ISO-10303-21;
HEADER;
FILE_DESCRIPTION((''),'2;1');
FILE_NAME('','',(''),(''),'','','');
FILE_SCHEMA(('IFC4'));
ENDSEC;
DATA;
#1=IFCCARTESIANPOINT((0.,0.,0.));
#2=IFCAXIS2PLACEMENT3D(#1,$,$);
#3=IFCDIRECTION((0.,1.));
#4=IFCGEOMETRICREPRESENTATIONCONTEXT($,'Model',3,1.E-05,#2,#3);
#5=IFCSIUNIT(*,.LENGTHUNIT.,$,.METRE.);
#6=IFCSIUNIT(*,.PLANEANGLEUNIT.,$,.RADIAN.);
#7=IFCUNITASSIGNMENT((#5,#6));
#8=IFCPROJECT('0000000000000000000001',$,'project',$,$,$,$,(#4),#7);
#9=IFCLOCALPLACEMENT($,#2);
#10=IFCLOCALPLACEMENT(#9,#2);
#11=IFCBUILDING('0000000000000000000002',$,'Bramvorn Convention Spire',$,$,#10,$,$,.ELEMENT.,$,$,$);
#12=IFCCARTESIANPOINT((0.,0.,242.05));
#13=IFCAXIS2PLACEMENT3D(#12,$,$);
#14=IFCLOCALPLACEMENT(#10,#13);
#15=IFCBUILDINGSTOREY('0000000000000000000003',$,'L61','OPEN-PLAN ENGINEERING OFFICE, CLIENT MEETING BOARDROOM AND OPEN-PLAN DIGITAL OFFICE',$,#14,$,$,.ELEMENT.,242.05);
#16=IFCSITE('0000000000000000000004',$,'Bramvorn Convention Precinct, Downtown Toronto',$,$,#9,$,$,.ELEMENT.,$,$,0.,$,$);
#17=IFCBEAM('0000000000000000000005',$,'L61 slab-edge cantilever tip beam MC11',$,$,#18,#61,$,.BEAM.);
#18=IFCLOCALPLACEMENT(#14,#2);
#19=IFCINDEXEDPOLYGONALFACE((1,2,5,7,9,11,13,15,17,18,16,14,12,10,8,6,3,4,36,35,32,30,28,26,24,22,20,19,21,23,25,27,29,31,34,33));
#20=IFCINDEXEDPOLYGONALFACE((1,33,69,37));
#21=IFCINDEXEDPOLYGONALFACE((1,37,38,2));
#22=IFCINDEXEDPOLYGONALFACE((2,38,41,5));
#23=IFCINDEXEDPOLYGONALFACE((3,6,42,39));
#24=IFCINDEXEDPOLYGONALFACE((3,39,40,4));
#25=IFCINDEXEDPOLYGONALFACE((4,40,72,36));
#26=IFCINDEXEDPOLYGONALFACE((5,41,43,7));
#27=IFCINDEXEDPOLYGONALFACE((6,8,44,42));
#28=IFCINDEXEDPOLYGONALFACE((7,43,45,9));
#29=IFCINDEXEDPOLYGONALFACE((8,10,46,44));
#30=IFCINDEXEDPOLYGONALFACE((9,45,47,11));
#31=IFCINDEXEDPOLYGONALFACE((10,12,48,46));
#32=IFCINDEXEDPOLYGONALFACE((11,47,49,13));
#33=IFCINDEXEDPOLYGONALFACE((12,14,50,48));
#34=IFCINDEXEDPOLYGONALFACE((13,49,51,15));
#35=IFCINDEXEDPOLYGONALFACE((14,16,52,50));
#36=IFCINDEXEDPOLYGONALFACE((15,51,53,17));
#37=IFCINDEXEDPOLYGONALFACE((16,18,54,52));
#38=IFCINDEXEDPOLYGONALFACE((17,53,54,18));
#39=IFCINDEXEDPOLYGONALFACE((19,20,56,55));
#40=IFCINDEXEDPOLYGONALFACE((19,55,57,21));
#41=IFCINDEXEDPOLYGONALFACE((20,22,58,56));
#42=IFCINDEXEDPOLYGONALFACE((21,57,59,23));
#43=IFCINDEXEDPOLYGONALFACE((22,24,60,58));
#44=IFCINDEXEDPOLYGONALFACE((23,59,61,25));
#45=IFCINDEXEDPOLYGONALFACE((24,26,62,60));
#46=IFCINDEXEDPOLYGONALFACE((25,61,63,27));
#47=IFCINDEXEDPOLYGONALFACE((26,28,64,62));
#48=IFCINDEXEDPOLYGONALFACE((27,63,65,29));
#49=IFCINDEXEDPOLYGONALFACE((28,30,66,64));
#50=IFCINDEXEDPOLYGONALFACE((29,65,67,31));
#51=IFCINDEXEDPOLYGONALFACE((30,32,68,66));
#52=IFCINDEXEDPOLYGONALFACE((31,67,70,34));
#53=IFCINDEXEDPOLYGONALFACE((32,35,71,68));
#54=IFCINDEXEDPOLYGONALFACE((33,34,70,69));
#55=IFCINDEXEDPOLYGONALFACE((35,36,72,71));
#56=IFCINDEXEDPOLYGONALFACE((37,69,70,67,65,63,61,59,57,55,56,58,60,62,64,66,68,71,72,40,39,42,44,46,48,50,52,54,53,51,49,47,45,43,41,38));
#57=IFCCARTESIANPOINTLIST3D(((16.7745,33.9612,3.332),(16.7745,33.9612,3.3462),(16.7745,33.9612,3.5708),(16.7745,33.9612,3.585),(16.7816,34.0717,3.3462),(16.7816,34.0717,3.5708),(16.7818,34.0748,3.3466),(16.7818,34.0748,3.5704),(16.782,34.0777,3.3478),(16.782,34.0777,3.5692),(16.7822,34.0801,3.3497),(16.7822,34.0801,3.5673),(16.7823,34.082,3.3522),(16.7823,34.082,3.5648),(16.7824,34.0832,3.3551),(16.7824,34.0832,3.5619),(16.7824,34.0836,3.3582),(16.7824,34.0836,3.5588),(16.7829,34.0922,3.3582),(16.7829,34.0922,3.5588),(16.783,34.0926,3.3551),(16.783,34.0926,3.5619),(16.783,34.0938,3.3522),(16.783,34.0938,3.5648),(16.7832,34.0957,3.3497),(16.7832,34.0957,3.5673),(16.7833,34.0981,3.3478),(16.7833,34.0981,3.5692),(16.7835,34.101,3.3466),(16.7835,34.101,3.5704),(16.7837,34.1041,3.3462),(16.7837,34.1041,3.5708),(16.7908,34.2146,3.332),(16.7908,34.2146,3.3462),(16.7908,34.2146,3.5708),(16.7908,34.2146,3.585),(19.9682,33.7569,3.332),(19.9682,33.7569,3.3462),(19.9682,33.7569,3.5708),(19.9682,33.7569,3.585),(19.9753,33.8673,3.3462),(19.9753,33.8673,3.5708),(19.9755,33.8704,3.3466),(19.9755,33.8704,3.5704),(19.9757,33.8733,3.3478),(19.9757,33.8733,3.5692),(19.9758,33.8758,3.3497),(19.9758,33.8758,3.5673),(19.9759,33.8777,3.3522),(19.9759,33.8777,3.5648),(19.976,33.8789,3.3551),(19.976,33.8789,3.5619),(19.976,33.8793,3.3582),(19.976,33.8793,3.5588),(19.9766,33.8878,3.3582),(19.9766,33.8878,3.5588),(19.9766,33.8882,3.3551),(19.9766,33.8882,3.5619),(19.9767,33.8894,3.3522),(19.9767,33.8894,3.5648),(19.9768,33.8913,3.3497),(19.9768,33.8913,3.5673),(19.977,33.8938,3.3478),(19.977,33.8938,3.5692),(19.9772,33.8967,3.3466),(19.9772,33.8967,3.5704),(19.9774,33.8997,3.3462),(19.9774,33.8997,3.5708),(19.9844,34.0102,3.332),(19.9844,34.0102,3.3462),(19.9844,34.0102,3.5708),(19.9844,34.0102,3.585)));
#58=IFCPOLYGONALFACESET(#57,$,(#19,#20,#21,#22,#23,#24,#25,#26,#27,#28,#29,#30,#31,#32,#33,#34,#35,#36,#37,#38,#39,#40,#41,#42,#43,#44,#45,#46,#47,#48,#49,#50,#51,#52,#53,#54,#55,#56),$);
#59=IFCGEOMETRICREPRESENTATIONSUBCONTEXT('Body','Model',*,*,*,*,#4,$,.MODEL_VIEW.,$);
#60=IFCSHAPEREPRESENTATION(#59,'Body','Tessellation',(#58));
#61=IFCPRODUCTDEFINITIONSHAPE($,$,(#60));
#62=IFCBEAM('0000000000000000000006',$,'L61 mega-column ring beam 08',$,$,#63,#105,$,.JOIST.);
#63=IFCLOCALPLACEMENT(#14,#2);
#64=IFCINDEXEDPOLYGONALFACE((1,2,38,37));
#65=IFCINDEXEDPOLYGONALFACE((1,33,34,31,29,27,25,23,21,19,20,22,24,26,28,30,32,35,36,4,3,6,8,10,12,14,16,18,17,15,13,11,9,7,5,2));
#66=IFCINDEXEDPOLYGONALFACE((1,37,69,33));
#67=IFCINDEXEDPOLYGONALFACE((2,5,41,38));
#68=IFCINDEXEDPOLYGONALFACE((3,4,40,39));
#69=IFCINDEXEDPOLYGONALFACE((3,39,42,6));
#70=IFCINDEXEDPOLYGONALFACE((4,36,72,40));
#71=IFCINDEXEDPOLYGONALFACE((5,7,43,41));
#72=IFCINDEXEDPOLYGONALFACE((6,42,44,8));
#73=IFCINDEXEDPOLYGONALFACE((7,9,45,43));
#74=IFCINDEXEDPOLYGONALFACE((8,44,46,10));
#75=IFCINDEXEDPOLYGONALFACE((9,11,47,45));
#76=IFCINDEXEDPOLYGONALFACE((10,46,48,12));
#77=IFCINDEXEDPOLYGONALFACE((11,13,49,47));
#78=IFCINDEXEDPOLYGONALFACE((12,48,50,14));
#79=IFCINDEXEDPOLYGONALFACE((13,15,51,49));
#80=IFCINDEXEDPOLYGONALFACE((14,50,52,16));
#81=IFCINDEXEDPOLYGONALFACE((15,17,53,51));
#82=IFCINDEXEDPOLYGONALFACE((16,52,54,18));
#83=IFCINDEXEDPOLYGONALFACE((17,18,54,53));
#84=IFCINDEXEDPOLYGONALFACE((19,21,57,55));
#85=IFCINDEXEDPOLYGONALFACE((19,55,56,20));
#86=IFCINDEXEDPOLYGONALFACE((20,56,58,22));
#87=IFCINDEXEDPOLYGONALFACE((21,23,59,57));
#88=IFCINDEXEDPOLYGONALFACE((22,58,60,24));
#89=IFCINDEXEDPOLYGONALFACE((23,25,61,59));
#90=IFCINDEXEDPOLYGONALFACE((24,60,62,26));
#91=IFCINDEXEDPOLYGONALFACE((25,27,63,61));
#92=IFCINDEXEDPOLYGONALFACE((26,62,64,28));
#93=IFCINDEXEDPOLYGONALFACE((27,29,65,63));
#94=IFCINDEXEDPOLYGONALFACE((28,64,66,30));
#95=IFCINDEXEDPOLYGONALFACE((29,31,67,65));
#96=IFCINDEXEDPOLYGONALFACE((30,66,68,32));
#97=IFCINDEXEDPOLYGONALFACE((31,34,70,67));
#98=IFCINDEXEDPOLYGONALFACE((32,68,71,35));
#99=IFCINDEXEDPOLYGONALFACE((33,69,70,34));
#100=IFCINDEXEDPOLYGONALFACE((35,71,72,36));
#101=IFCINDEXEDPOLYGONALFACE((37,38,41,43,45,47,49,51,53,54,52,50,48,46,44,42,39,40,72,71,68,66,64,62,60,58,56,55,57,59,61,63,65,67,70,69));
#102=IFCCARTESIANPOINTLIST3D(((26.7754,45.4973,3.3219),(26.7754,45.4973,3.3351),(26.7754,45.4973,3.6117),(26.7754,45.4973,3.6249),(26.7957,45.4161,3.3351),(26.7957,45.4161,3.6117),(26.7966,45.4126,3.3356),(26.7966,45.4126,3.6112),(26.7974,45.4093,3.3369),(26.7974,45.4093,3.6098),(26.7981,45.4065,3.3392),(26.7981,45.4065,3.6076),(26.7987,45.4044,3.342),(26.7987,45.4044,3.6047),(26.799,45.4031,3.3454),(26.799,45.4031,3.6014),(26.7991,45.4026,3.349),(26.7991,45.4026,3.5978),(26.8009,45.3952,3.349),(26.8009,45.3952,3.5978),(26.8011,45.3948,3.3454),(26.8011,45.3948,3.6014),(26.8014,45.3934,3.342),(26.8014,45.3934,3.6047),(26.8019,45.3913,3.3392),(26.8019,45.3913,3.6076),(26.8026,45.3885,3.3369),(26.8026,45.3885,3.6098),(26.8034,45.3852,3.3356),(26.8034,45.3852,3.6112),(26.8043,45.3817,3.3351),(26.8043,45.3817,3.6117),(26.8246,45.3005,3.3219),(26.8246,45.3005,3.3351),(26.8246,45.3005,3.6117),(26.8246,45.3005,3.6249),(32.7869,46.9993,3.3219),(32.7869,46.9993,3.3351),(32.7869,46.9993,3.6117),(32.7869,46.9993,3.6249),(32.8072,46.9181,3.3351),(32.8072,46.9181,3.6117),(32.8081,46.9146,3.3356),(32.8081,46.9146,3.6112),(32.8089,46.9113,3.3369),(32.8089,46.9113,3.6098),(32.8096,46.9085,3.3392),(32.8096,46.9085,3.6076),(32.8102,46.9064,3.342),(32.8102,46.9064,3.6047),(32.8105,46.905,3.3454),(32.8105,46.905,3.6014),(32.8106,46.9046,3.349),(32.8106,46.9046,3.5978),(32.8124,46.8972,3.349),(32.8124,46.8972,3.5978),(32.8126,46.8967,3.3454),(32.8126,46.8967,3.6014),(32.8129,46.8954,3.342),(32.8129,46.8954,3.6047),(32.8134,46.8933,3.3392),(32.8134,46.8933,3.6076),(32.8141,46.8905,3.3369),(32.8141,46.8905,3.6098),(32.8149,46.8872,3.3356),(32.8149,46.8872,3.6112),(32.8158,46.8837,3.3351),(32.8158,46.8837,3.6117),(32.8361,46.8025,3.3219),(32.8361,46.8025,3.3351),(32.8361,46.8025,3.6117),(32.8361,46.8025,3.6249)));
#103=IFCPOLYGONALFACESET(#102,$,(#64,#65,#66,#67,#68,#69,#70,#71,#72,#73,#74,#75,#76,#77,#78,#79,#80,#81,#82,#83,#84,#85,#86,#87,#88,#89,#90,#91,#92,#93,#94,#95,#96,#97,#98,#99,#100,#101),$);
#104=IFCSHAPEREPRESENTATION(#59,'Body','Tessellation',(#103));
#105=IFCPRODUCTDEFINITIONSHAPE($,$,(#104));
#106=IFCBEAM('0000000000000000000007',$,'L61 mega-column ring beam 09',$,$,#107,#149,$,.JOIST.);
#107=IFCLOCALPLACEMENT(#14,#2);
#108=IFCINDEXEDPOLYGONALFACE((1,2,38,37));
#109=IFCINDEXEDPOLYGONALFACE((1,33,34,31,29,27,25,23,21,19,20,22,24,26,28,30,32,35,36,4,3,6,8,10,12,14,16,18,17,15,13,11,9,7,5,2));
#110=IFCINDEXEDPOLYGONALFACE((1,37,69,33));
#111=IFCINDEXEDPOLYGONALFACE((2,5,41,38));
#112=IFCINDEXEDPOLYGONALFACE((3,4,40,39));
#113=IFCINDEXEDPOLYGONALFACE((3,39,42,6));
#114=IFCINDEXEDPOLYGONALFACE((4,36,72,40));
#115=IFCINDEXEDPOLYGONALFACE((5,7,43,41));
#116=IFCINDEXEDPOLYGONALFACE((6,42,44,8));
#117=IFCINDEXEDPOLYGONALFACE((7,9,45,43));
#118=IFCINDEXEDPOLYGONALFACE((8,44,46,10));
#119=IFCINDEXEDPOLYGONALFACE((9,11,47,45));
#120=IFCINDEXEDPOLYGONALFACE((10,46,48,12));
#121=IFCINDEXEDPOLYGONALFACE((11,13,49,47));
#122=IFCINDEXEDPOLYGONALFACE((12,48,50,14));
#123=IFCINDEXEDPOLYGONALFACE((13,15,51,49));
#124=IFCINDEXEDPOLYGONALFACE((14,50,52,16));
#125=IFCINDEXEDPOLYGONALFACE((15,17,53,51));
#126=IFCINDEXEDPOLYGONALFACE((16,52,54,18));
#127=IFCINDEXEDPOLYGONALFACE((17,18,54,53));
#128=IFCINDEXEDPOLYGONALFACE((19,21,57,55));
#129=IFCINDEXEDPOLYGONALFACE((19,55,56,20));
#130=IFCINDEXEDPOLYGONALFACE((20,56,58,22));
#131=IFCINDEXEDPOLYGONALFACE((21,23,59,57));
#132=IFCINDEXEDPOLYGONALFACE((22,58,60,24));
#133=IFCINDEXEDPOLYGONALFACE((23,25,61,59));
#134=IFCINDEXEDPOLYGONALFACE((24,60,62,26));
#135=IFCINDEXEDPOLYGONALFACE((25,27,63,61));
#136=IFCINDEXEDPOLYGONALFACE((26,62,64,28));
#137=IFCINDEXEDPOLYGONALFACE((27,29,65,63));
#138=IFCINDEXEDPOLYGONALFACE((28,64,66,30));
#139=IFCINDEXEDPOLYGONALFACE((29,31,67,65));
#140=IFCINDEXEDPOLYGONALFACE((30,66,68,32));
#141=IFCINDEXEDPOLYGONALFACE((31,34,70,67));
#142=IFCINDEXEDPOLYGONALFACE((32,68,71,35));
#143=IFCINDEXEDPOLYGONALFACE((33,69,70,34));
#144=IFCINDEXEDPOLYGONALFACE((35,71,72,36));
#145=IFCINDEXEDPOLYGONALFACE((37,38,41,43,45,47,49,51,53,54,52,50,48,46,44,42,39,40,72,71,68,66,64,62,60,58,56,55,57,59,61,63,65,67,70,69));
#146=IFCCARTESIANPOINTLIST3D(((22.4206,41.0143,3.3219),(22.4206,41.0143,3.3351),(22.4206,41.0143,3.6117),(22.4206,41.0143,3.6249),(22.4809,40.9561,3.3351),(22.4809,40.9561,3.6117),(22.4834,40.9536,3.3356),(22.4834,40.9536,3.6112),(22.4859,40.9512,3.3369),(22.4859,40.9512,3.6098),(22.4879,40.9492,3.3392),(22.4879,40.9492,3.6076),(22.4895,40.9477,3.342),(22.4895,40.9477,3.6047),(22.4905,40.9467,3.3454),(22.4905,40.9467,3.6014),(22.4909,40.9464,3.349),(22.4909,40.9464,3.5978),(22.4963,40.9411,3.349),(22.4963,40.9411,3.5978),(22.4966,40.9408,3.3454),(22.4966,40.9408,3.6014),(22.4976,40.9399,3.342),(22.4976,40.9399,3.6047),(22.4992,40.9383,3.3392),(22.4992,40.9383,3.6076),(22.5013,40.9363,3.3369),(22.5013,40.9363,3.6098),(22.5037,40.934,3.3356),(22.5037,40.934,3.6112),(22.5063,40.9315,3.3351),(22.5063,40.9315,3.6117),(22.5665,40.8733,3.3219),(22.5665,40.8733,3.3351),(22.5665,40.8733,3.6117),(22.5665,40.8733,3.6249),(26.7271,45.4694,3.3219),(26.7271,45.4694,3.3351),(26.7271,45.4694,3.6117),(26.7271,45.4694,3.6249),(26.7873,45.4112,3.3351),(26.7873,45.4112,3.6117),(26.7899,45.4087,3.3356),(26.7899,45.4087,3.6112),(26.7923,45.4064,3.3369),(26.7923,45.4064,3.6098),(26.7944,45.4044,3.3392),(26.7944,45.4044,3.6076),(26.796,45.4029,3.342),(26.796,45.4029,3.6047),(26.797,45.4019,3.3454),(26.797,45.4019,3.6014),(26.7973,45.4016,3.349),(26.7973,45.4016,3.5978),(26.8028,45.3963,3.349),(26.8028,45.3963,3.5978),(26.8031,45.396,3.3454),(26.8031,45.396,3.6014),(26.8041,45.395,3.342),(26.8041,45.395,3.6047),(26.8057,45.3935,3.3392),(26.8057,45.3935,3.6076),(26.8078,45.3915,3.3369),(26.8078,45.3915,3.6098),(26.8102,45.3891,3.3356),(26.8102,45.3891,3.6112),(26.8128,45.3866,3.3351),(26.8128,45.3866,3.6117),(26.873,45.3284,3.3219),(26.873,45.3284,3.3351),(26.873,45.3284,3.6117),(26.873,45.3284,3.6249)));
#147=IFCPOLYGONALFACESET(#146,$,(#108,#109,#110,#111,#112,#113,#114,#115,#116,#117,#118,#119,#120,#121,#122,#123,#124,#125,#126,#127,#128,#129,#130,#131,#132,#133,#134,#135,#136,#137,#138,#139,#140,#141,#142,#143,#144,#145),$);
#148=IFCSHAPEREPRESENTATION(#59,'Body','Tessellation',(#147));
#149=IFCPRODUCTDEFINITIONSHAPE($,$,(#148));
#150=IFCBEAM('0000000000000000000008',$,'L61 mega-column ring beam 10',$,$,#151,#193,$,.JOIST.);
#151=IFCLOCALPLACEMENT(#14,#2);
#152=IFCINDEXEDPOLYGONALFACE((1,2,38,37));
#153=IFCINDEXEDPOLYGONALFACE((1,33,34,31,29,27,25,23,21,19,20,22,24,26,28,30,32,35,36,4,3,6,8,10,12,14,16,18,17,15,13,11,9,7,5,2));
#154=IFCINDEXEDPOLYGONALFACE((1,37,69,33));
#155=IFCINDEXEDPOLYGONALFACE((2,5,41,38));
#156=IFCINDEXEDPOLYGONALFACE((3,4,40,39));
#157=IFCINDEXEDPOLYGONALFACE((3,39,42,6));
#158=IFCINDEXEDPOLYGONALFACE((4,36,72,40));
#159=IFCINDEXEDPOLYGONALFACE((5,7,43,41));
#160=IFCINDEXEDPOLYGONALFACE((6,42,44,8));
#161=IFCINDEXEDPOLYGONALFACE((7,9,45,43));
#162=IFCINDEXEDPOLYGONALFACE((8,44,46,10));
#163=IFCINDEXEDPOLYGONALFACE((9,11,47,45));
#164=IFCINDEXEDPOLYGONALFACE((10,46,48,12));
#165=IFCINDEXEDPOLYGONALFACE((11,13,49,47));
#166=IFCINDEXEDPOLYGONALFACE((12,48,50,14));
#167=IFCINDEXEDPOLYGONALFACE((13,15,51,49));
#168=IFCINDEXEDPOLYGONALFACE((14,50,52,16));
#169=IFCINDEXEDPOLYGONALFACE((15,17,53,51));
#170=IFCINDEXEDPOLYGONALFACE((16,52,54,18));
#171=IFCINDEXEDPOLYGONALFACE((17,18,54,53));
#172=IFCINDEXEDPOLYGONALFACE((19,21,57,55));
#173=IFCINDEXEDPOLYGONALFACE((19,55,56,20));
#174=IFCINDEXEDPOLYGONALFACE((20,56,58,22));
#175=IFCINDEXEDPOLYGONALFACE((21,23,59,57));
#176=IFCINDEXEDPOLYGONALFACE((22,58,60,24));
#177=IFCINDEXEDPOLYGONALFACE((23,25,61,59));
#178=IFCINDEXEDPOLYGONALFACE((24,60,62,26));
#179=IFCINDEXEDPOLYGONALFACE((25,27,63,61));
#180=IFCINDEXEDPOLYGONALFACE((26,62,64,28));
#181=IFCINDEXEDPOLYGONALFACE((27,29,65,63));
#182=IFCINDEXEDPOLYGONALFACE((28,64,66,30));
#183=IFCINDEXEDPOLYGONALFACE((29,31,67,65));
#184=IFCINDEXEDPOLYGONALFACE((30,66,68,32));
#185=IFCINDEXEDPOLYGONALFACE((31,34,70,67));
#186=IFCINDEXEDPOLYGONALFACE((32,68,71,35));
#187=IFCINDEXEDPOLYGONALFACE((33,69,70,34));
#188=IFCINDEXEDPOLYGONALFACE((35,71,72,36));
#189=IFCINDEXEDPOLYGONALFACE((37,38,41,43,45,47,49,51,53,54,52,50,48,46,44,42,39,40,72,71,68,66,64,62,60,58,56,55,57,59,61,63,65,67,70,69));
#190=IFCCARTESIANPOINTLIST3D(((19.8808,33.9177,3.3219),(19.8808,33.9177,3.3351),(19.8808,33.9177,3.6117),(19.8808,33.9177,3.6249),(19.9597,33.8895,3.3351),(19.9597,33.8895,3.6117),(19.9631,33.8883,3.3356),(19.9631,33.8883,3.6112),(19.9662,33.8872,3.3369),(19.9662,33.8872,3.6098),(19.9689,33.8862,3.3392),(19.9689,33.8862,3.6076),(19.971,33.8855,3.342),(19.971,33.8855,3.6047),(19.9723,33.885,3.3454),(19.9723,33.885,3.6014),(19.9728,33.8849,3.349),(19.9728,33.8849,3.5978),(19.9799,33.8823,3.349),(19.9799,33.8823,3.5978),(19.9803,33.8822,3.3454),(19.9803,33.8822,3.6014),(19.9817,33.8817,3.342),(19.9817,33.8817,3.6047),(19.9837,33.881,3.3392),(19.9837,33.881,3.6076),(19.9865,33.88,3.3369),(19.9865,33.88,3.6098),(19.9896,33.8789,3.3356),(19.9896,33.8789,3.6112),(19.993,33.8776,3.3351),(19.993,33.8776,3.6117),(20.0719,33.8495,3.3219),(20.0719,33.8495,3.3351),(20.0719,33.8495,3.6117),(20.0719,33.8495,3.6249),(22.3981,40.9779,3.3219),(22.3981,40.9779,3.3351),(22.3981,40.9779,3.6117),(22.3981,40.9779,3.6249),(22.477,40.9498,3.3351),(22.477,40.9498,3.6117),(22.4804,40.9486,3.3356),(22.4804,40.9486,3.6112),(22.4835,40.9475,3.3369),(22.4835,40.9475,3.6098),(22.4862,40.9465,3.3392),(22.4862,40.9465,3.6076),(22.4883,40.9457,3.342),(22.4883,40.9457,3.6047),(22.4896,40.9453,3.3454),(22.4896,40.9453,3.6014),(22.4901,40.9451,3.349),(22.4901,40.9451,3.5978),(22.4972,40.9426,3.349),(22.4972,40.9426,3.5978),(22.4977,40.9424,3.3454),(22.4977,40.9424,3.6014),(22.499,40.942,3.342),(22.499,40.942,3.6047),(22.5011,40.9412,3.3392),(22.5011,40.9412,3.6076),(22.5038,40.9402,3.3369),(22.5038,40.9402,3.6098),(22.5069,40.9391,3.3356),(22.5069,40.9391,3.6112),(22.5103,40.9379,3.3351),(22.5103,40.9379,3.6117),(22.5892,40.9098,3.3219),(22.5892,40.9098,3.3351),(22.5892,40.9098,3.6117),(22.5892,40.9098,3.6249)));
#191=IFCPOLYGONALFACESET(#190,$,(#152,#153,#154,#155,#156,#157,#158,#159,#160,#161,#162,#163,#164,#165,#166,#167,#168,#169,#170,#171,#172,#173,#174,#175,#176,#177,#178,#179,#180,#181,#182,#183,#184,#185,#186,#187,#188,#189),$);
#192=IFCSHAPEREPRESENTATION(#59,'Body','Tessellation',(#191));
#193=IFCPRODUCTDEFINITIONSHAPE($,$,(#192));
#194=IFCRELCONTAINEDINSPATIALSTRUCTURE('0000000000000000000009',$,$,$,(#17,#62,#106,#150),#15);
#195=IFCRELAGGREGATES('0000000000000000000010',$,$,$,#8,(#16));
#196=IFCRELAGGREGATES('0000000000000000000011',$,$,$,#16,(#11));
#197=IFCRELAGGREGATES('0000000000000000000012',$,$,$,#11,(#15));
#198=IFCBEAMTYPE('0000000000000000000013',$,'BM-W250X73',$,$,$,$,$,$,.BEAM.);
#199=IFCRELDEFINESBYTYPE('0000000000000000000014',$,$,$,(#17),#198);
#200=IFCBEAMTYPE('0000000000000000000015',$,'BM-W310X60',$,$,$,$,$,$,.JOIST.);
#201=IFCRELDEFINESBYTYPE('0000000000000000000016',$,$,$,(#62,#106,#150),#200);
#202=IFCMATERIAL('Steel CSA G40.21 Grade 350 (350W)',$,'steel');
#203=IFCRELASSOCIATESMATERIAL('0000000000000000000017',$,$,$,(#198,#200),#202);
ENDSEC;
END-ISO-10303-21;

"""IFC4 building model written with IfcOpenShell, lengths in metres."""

from ifc_helpers import new_model, si_unit, direction, frame, origin, origin_2d, place, context, subcontext, project, spatial, i_section, extrude, material, material_profile, profile_set, type_object, element, save


model = new_model("IFC4")

# Units and contexts
model_context = context("Model", 3, precision=1e-05, world=origin(), true_north=direction((0.0, 1.0)))
body_context = subcontext(model_context, "Body", "Model", "MODEL_VIEW")
ifc_project = project(units=[si_unit("LENGTHUNIT", "METRE"), si_unit("PLANEANGLEUNIT", "RADIAN")], contexts=[model_context])

# Site, building, storey
site_placement = place(None, origin())
site = spatial("IfcSite", under=ifc_project, at=site_placement, Name="Bramvorn Convention Precinct, Downtown Toronto", CompositionType="ELEMENT", RefElevation=0.0)
building_placement = place(site_placement, origin())
building = spatial("IfcBuilding", under=site, at=building_placement, Name="Bramvorn Convention Spire", CompositionType="ELEMENT")
storey_placement = place(building_placement, frame((0.0, 0.0, 242.05)))
storey = spatial("IfcBuildingStorey", under=building, at=storey_placement, Name="L61", Description="OPEN-PLAN ENGINEERING OFFICE, CLIENT MEETING BOARDROOM AND OPEN-PLAN DIGITAL OFFICE", CompositionType="ELEMENT", Elevation=242.05)

# Shared definitions
ifc_material_1 = material(Name="Steel CSA G40.21 Grade 350 (350W)", Category="steel")

# Beams
ifc_material_profile_1 = material_profile(ifc_material_1, i_section(OverallWidth=0.2539, OverallDepth=0.2529, WebThickness=0.0085, FlangeThickness=0.0142, FilletRadius=0.012, at=origin_2d()))
ifc_profile_set_1 = profile_set([ifc_material_profile_1], Name="Steel CSA G40.21 Grade 350 (350W) - W250X73")
beam_type_1 = type_object("IfcBeamType", Name="BM-W250X73", PredefinedType="BEAM", material=ifc_profile_set_1)
beam_1_placement = place(storey_placement, frame((19.9763, 33.8835, 3.4585), z_axis=(-0.997959, 0.063855, 0.0), x_axis=(-0.063855, -0.997959, 0.0)))
element("IfcBeam", 1, at=beam_1_placement, inside=storey, type_object=beam_type_1, Name="L61 slab-edge cantilever tip beam MC11", PredefinedType="BEAM", context=body_context, shape_type="SweptSolid", body=[
    extrude(i_section(OverallWidth=0.2539, OverallDepth=0.2529, WebThickness=0.0085, FlangeThickness=0.0142, FilletRadius=0.012, at=origin_2d()), origin(), (0.0, 0.0, 1.0), 3.2002),
])
ifc_material_profile_2 = material_profile(ifc_material_1, i_section(OverallWidth=0.2029, OverallDepth=0.303, WebThickness=0.0076, FlangeThickness=0.0132, FilletRadius=0.0139, at=origin_2d()))
ifc_profile_set_2 = profile_set([ifc_material_profile_2], Name="Steel CSA G40.21 Grade 350 (350W) - W310X60")
beam_type_2 = type_object("IfcBeamType", Name="BM-W310X60", PredefinedType="JOIST", material=ifc_profile_set_2)
for number, where, z_axis, x_axis, name in (
    (2, (32.8115, 46.9009, 3.4734), (-0.970177, -0.242397, 0.0), (0.242397, -0.970177, 0.0), "L61 mega-column ring beam 08"),
    (3, (26.8, 45.3989, 3.4734), (-0.695007, -0.719003, 0.0), (0.719003, -0.695007, 0.0), "L61 mega-column ring beam 09"),
):
    element("IfcBeam", number, at=place(storey_placement, frame(where, z_axis=z_axis, x_axis=x_axis)), inside=storey, type_object=beam_type_2, Name=name, PredefinedType="JOIST", context=body_context, shape_type="SweptSolid", body=[
        extrude(i_section(OverallWidth=0.2029, OverallDepth=0.303, WebThickness=0.0076, FlangeThickness=0.0132, FilletRadius=0.0139, at=origin_2d()), origin(), (0.0, 0.0, 1.0), 6.1963),
    ])
beam_2_placement = place(storey_placement, frame((22.4937, 40.9438, 3.4734), z_axis=(-0.335839, -0.941919, 0.0), x_axis=(0.941919, -0.335839, 0.0)))
element("IfcBeam", 4, at=beam_2_placement, inside=storey, type_object=beam_type_2, Name="L61 mega-column ring beam 10", PredefinedType="JOIST", context=body_context, shape_type="SweptSolid", body=[
    extrude(i_section(OverallWidth=0.2029, OverallDepth=0.303, WebThickness=0.0076, FlangeThickness=0.0132, FilletRadius=0.0139, at=origin_2d()), origin(), (0.0, 0.0, 1.0), 7.4956),
])

save(model, "model.ifc")
